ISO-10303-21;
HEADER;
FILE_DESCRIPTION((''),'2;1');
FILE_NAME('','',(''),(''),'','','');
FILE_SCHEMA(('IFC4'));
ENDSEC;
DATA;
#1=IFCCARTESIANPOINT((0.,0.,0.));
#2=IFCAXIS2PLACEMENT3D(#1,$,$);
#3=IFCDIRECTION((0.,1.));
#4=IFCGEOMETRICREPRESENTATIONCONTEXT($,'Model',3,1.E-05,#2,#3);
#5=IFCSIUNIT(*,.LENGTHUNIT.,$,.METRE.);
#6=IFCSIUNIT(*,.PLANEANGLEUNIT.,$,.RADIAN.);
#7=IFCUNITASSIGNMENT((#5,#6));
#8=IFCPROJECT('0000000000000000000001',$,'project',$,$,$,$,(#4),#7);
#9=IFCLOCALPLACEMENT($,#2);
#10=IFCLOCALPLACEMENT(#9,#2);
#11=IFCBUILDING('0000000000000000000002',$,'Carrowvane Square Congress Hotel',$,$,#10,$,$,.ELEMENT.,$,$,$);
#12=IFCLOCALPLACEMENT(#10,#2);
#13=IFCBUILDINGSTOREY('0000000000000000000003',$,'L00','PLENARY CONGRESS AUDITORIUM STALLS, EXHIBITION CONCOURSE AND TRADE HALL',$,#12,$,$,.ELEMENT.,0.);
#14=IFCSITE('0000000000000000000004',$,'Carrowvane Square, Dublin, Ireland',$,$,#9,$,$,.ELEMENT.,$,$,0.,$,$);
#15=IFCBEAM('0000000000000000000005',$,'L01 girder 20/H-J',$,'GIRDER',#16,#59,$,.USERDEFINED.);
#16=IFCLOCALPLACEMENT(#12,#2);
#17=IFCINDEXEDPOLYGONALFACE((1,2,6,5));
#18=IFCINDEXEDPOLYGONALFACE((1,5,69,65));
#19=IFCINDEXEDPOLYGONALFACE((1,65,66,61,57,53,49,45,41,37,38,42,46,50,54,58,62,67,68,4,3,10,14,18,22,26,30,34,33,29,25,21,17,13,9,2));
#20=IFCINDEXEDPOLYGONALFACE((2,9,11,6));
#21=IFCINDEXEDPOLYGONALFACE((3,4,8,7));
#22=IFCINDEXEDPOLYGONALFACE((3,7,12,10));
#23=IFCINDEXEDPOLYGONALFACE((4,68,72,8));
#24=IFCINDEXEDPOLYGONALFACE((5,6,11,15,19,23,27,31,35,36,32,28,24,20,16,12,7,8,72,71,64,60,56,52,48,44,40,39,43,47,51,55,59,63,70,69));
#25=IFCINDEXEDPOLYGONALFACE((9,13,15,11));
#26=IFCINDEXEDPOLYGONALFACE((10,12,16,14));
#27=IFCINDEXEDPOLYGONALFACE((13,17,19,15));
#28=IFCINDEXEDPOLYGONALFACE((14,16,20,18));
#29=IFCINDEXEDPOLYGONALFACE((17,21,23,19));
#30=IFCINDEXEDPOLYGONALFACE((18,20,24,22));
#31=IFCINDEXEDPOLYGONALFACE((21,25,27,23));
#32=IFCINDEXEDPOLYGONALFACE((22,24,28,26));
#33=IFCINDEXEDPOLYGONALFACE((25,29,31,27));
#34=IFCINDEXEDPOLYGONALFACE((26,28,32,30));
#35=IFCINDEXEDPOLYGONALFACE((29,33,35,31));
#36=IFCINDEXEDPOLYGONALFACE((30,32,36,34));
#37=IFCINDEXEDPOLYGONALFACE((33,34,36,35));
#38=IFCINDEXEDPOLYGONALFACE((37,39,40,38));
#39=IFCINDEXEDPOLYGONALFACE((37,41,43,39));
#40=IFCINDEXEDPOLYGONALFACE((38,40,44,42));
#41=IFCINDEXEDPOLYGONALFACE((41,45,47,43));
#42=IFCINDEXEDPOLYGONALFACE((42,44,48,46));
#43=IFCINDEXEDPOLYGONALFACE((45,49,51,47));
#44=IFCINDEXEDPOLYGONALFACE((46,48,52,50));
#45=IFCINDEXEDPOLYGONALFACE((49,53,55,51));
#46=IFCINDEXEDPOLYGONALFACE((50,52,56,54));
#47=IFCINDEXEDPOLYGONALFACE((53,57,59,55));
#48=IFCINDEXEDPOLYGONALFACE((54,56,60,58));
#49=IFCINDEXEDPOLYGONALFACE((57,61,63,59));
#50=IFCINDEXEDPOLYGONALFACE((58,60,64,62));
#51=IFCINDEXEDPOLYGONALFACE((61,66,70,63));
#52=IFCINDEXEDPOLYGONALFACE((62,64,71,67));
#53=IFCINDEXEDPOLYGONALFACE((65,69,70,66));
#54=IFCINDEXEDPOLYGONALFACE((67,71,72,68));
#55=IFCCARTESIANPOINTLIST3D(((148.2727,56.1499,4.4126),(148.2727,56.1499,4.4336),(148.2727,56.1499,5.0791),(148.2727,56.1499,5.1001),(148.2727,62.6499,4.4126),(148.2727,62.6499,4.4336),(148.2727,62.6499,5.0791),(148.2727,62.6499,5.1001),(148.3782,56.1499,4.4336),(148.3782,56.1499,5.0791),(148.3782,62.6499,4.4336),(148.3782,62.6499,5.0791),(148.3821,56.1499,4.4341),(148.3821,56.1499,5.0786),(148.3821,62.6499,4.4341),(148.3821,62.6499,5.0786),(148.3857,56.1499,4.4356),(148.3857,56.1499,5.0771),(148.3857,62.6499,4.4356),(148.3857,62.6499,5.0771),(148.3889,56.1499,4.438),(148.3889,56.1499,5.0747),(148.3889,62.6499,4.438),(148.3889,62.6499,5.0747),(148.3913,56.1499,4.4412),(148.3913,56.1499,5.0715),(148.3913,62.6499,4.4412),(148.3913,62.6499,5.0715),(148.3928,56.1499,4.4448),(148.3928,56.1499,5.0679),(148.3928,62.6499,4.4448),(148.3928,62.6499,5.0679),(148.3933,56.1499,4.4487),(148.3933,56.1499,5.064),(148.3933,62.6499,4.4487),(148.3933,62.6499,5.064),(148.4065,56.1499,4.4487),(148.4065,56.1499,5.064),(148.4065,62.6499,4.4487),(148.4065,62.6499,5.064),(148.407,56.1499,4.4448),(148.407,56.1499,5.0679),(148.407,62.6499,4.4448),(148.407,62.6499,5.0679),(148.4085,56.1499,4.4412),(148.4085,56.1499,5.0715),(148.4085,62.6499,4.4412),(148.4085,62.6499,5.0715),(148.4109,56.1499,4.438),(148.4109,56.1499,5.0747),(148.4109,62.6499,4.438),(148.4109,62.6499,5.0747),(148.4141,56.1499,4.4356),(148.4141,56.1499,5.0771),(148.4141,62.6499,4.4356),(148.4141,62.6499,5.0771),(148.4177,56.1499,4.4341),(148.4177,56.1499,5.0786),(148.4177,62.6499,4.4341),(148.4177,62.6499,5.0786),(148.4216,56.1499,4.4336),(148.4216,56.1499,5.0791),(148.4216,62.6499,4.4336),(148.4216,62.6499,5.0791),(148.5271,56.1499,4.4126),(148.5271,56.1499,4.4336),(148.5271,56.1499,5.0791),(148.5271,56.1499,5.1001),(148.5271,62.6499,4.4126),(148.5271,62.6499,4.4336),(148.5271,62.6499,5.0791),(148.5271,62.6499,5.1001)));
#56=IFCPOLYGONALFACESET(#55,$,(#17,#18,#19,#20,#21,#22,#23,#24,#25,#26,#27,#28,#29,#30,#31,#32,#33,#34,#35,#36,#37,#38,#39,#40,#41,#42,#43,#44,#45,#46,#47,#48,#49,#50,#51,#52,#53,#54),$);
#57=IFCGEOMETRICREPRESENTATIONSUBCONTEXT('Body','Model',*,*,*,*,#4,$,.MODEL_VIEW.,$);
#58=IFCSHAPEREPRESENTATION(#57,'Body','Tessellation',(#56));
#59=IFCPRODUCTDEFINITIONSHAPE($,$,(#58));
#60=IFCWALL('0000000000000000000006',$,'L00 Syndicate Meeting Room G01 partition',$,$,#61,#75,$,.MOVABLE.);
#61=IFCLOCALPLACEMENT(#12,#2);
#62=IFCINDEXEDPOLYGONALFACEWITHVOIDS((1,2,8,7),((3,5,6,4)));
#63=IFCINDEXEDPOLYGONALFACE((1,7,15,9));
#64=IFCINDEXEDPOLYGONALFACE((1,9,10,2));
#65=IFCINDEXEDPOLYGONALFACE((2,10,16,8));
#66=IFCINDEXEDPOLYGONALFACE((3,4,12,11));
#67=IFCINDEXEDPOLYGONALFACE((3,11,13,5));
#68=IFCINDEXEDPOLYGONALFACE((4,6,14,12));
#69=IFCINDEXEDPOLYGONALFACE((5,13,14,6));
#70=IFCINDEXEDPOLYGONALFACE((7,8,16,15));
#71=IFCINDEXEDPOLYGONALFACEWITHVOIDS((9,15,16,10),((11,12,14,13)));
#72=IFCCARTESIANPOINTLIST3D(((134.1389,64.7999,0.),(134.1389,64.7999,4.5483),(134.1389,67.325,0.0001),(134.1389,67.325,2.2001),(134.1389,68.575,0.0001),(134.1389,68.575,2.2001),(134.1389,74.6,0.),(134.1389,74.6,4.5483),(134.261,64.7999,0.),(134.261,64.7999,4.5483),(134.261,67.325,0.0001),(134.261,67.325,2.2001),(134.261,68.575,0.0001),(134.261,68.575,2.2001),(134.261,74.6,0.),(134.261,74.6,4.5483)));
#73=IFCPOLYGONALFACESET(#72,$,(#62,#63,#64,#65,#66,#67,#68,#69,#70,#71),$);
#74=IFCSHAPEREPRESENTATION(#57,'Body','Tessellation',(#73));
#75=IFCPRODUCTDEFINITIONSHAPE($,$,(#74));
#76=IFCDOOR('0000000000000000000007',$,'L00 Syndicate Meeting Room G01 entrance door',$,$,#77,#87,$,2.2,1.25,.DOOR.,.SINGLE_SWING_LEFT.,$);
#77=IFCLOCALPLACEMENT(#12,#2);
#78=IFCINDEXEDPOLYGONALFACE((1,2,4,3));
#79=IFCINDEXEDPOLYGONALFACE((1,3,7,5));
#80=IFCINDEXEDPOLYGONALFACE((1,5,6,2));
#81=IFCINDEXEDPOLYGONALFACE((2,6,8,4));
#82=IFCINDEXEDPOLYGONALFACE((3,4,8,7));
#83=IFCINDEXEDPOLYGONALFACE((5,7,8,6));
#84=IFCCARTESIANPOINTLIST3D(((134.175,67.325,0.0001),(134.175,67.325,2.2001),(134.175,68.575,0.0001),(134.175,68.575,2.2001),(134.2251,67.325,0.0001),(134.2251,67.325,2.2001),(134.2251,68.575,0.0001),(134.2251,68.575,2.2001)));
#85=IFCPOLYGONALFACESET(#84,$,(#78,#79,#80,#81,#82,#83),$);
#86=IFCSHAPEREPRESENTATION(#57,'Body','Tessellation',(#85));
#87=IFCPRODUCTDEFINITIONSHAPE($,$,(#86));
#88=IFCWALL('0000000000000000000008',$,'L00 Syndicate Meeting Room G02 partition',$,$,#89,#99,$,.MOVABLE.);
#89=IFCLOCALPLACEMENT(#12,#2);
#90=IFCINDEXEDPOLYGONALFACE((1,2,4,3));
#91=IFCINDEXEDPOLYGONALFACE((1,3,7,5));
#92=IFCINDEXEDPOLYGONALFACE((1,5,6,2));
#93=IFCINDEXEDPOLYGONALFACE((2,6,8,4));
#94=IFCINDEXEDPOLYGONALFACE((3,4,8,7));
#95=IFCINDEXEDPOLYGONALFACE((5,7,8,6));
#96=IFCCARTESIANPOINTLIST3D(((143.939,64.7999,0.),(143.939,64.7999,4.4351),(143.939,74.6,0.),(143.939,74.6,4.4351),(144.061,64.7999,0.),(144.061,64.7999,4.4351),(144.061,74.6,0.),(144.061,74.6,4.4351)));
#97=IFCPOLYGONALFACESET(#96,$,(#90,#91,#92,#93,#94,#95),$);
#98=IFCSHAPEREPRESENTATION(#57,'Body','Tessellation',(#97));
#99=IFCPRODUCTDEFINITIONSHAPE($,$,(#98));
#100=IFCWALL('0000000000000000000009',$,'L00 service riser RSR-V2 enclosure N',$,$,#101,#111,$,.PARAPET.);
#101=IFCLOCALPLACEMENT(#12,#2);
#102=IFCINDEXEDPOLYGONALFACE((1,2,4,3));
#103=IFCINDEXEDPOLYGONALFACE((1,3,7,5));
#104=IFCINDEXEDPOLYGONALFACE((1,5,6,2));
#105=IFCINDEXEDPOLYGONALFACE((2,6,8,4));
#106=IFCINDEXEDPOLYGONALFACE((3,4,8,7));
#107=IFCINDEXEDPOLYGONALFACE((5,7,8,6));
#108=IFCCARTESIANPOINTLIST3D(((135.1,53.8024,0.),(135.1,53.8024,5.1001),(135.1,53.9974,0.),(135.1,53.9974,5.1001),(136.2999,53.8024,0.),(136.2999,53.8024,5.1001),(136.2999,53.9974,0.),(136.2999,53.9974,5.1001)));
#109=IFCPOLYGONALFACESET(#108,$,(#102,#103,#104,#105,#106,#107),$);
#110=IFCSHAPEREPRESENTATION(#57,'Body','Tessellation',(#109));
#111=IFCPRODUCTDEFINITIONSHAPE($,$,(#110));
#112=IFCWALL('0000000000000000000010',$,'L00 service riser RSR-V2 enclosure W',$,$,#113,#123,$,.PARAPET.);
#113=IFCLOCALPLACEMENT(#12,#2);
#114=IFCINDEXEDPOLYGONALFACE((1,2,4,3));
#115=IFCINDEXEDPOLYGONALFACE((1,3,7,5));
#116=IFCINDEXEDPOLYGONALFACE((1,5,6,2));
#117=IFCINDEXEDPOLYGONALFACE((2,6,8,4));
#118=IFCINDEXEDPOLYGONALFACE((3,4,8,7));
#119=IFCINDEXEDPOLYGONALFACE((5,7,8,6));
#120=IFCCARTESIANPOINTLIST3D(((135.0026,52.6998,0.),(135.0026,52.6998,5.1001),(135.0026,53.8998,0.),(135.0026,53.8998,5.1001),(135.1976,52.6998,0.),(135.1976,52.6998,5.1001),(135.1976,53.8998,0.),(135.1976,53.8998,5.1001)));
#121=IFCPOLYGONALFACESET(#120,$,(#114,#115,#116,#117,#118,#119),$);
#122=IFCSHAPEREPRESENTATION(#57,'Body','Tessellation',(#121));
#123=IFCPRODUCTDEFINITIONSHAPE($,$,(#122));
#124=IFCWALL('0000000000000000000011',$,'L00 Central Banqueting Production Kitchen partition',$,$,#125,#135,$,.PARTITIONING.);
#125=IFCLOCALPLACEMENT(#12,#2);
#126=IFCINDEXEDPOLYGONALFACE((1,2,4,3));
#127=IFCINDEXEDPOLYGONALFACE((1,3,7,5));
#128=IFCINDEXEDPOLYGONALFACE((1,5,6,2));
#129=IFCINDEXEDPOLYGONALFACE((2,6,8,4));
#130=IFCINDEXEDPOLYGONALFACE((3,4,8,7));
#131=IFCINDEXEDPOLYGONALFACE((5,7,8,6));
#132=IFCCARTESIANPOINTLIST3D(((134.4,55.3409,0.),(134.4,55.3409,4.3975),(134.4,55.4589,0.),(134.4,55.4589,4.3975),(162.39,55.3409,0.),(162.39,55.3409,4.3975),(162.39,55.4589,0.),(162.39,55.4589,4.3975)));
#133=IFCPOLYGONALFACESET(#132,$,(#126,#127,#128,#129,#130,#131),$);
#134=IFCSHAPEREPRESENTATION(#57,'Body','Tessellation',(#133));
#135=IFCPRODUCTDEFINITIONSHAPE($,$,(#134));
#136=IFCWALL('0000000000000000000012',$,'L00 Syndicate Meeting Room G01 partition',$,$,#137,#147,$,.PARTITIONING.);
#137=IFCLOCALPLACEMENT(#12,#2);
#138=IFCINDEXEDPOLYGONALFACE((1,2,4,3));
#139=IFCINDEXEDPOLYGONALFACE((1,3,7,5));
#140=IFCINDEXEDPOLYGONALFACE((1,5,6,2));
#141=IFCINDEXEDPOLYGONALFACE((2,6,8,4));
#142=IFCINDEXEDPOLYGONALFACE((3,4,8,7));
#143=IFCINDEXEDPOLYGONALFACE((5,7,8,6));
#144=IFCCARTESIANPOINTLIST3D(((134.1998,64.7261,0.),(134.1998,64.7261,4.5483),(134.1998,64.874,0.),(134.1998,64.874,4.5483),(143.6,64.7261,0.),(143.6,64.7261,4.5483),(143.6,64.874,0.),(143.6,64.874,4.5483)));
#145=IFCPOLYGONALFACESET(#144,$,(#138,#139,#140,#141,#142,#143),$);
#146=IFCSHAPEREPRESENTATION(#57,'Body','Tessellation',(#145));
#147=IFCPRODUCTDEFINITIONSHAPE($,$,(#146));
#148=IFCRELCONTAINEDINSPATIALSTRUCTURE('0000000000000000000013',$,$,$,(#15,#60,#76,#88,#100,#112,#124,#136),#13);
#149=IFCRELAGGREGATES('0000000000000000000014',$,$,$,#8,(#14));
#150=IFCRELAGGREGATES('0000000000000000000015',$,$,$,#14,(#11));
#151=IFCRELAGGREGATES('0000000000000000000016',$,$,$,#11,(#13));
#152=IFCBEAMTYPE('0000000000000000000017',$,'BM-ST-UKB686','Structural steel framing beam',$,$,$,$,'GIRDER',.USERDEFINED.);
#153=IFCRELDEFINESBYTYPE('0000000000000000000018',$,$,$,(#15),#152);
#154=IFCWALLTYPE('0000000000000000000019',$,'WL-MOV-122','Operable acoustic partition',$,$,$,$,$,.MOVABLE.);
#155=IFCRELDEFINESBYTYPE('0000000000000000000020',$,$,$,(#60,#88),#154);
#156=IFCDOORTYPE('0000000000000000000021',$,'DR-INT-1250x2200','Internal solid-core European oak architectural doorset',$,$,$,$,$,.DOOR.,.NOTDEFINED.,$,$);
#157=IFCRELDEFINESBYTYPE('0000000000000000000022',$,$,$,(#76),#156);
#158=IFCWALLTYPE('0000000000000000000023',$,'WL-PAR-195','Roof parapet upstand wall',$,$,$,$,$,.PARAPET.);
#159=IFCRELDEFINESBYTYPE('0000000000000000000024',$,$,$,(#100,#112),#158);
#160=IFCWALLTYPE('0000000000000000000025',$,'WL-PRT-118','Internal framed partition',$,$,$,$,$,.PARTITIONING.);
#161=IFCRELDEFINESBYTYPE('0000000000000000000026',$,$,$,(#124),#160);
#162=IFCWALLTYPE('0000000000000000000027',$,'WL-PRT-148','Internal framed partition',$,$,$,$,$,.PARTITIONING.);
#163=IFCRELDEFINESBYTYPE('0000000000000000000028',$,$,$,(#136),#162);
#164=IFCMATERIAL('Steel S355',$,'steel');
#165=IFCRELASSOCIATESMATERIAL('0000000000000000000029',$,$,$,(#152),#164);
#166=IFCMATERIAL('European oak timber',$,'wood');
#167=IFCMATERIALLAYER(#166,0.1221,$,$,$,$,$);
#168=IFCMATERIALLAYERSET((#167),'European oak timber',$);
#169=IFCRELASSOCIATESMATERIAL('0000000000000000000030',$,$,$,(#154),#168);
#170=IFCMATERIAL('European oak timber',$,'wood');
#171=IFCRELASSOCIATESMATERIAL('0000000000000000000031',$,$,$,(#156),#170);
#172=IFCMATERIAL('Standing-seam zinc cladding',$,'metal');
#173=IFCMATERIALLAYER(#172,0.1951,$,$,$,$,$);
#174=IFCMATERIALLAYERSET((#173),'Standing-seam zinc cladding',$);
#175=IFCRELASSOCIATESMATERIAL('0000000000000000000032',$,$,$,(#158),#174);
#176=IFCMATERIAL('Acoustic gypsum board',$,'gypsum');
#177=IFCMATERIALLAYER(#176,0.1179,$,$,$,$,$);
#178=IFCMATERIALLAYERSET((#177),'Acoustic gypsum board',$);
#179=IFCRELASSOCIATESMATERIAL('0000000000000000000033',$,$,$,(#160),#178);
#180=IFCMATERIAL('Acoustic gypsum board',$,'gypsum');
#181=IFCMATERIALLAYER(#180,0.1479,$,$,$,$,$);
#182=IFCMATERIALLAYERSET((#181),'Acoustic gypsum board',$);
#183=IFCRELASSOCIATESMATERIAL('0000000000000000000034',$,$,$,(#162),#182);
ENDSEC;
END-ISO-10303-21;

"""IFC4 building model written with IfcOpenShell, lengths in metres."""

from ifc_helpers import new_model, si_unit, direction, frame, frame_2d, origin, origin_2d, place, context, subcontext, project, spatial, rectangle, i_section, extrude, material, layer, layer_set, material_profile, profile_set, type_object, element, fill, save


model = new_model("IFC4")

# Units and contexts
model_context = context("Model", 3, precision=1e-05, world=origin(), true_north=direction((0.0, 1.0)))
body_context = subcontext(model_context, "Body", "Model", "MODEL_VIEW")
ifc_project = project(units=[si_unit("LENGTHUNIT", "METRE"), si_unit("PLANEANGLEUNIT", "RADIAN")], contexts=[model_context])

# Site, building, storey
site_placement = place(None, origin())
site = spatial("IfcSite", under=ifc_project, at=site_placement, Name="Carrowvane Square, Dublin, Ireland", CompositionType="ELEMENT", RefElevation=0.0)
building_placement = place(site_placement, origin())
building = spatial("IfcBuilding", under=site, at=building_placement, Name="Carrowvane Square Congress Hotel", CompositionType="ELEMENT")
storey_placement = place(building_placement, origin())
storey = spatial("IfcBuildingStorey", under=building, at=storey_placement, Name="L00", Description="PLENARY CONGRESS AUDITORIUM STALLS, EXHIBITION CONCOURSE AND TRADE HALL", CompositionType="ELEMENT", Elevation=0.0)

# Beam
ifc_material_1 = material(Name="Steel S355", Category="steel")
ifc_material_profile_1 = material_profile(ifc_material_1, i_section(OverallWidth=0.2544, OverallDepth=0.6875, WebThickness=0.0132, FlangeThickness=0.021, FilletRadius=0.0151, at=origin_2d()), Name="UKB 686x254x152")
ifc_profile_set_1 = profile_set([ifc_material_profile_1], Name="Steel S355")
beam_type_1 = type_object("IfcBeamType", Name="BM-ST-UKB686", Description="Structural steel framing beam", ElementType="GIRDER", PredefinedType="USERDEFINED", material=ifc_profile_set_1)
for number, where, z_axis, x_axis, name in (
    (1, (148.3999, 56.1499, 4.7563), (0.0, 1.0, 0.0), (-1.0, 0.0, 0.0), "L01 girder 20/H-J"),
):
    element("IfcBeam", number, at=place(storey_placement, frame(where, z_axis=z_axis, x_axis=x_axis)), inside=storey, type_object=beam_type_1, Name=name, ObjectType="GIRDER", PredefinedType="USERDEFINED", context=body_context, shape_type="SweptSolid", body=[
        extrude(i_section(OverallWidth=0.2544, OverallDepth=0.6875, WebThickness=0.0132, FlangeThickness=0.021, FilletRadius=0.0151, at=origin_2d()), origin(), (0.0, 0.0, 1.0), 6.5),
    ])

# Wall, opening, door
ifc_material_2 = material(Name="European oak timber", Category="wood")
ifc_layer_1 = layer(ifc_material_2, 0.1221)
ifc_layer_set_1 = layer_set([ifc_layer_1], Name="European oak timber")
wall_type_1 = type_object("IfcWallType", Name="WL-MOV-122", Description="Operable acoustic partition", PredefinedType="MOVABLE", material=ifc_layer_set_1)
wall_1_placement = place(storey_placement, frame((134.2, 64.8, 0.0), z_axis=(0.0, 0.0, 1.0), x_axis=(0.0, 1.0, 0.0)))
wall_1 = element("IfcWall", 2, at=wall_1_placement, inside=storey, type_object=wall_type_1, Name="L00 Syndicate Meeting Room G01 partition", PredefinedType="MOVABLE", context=body_context, shape_type="SweptSolid", body=[
    extrude(rectangle(XDim=9.8, YDim=0.1221, at=frame_2d((4.8999, 0.0))), origin(), (0.0, 0.0, 1.0), 4.5483),
])
opening_placement = place(wall_1_placement, frame((2.5249, 0.0, 0.0)))
opening = element("IfcOpeningElement", 3, at=opening_placement, cuts=wall_1, PredefinedType="OPENING", context=body_context, shape_type="SweptSolid", body=[
    extrude(rectangle(XDim=1.25, YDim=2.2, at=frame_2d((0.625, 1.1001))), frame((0.0, 0.071, 0.0), z_axis=(0.0, -1.0, 0.0), x_axis=(1.0, 0.0, 0.0)), (0.0, 0.0, 1.0), 0.1421),
])
ifc_material_3 = material(Name="European oak timber", Category="wood")
door_type = type_object("IfcDoorType", Name="DR-INT-1250x2200", Description="Internal solid-core European oak architectural doorset", OperationType="NOTDEFINED", PredefinedType="DOOR", material=ifc_material_3)
door_placement = place(opening_placement, origin())
door = element("IfcDoor", 4, at=door_placement, inside=storey, type_object=door_type, Name="L00 Syndicate Meeting Room G01 entrance door", OperationType="SINGLE_SWING_LEFT", OverallHeight=2.2, OverallWidth=1.25, PredefinedType="DOOR", context=body_context, shape_type="SweptSolid", body=[
    extrude(rectangle(XDim=1.25, YDim=2.2, at=frame_2d((0.625, 1.1001))), frame((0.0, 0.0249, 0.0), z_axis=(0.0, -1.0, 0.0), x_axis=(1.0, 0.0, 0.0)), (0.0, 0.0, 1.0), 0.05),
])
fill(opening, door)

# Walls
wall_2_placement = place(storey_placement, frame((144.0, 64.8, 0.0), z_axis=(0.0, 0.0, 1.0), x_axis=(0.0, 1.0, 0.0)))
element("IfcWall", 5, at=wall_2_placement, inside=storey, type_object=wall_type_1, Name="L00 Syndicate Meeting Room G02 partition", PredefinedType="MOVABLE", context=body_context, shape_type="SweptSolid", body=[
    extrude(rectangle(XDim=9.8, YDim=0.1221, at=frame_2d((4.8999, 0.0))), origin(), (0.0, 0.0, 1.0), 4.4351),
])
ifc_material_4 = material(Name="Standing-seam zinc cladding", Category="metal")
ifc_layer_2 = layer(ifc_material_4, 0.1951)
ifc_layer_set_2 = layer_set([ifc_layer_2], Name="Standing-seam zinc cladding")
wall_type_2 = type_object("IfcWallType", Name="WL-PAR-195", Description="Roof parapet upstand wall", PredefinedType="PARAPET", material=ifc_layer_set_2)
for number, where, z_axis, x_axis, name in (
    (6, (136.3, 53.8999, 0.0), (0.0, 0.0, 1.0), (-1.0, 0.0, 0.0), "L00 service riser RSR-V2 enclosure N"),
    (7, (135.1001, 53.8999, 0.0), (0.0, 0.0, 1.0), (0.0, -1.0, 0.0), "L00 service riser RSR-V2 enclosure W"),
):
    element("IfcWall", number, at=place(storey_placement, frame(where, z_axis=z_axis, x_axis=x_axis)), inside=storey, type_object=wall_type_2, Name=name, PredefinedType="PARAPET", context=body_context, shape_type="SweptSolid", body=[
        extrude(rectangle(XDim=1.2, YDim=0.1951, at=frame_2d((0.6001, 0.0))), origin(), (0.0, 0.0, 1.0), 5.1001),
    ])
ifc_material_5 = material(Name="Acoustic gypsum board", Category="gypsum")
ifc_layer_3 = layer(ifc_material_5, 0.1179)
ifc_layer_set_3 = layer_set([ifc_layer_3], Name="Acoustic gypsum board")
wall_type_3 = type_object("IfcWallType", Name="WL-PRT-118", Description="Internal framed partition", PredefinedType="PARTITIONING", material=ifc_layer_set_3)
wall_3_placement = place(storey_placement, frame((134.3999, 55.3999, 0.0), z_axis=(0.0, 0.0, 1.0), x_axis=(1.0, 0.0, 0.0)))
element("IfcWall", 8, at=wall_3_placement, inside=storey, type_object=wall_type_3, Name="L00 Central Banqueting Production Kitchen partition", PredefinedType="PARTITIONING", context=body_context, shape_type="SweptSolid", body=[
    extrude(rectangle(XDim=27.99, YDim=0.1179, at=frame_2d((13.9951, 0.0))), origin(), (0.0, 0.0, 1.0), 4.3975),
])
ifc_material_6 = material(Name="Acoustic gypsum board", Category="gypsum")
ifc_layer_4 = layer(ifc_material_6, 0.1479)
ifc_layer_set_4 = layer_set([ifc_layer_4], Name="Acoustic gypsum board")
wall_type_4 = type_object("IfcWallType", Name="WL-PRT-148", Description="Internal framed partition", PredefinedType="PARTITIONING", material=ifc_layer_set_4)
wall_4_placement = place(storey_placement, frame((143.6001, 64.8, 0.0), z_axis=(0.0, 0.0, 1.0), x_axis=(-1.0, 0.0, 0.0)))
element("IfcWall", 9, at=wall_4_placement, inside=storey, type_object=wall_type_4, Name="L00 Syndicate Meeting Room G01 partition", PredefinedType="PARTITIONING", context=body_context, shape_type="SweptSolid", body=[
    extrude(rectangle(XDim=9.4001, YDim=0.1479, at=frame_2d((4.7002, 0.0))), origin(), (0.0, 0.0, 1.0), 4.5483),
])

save(model, "model.ifc")
